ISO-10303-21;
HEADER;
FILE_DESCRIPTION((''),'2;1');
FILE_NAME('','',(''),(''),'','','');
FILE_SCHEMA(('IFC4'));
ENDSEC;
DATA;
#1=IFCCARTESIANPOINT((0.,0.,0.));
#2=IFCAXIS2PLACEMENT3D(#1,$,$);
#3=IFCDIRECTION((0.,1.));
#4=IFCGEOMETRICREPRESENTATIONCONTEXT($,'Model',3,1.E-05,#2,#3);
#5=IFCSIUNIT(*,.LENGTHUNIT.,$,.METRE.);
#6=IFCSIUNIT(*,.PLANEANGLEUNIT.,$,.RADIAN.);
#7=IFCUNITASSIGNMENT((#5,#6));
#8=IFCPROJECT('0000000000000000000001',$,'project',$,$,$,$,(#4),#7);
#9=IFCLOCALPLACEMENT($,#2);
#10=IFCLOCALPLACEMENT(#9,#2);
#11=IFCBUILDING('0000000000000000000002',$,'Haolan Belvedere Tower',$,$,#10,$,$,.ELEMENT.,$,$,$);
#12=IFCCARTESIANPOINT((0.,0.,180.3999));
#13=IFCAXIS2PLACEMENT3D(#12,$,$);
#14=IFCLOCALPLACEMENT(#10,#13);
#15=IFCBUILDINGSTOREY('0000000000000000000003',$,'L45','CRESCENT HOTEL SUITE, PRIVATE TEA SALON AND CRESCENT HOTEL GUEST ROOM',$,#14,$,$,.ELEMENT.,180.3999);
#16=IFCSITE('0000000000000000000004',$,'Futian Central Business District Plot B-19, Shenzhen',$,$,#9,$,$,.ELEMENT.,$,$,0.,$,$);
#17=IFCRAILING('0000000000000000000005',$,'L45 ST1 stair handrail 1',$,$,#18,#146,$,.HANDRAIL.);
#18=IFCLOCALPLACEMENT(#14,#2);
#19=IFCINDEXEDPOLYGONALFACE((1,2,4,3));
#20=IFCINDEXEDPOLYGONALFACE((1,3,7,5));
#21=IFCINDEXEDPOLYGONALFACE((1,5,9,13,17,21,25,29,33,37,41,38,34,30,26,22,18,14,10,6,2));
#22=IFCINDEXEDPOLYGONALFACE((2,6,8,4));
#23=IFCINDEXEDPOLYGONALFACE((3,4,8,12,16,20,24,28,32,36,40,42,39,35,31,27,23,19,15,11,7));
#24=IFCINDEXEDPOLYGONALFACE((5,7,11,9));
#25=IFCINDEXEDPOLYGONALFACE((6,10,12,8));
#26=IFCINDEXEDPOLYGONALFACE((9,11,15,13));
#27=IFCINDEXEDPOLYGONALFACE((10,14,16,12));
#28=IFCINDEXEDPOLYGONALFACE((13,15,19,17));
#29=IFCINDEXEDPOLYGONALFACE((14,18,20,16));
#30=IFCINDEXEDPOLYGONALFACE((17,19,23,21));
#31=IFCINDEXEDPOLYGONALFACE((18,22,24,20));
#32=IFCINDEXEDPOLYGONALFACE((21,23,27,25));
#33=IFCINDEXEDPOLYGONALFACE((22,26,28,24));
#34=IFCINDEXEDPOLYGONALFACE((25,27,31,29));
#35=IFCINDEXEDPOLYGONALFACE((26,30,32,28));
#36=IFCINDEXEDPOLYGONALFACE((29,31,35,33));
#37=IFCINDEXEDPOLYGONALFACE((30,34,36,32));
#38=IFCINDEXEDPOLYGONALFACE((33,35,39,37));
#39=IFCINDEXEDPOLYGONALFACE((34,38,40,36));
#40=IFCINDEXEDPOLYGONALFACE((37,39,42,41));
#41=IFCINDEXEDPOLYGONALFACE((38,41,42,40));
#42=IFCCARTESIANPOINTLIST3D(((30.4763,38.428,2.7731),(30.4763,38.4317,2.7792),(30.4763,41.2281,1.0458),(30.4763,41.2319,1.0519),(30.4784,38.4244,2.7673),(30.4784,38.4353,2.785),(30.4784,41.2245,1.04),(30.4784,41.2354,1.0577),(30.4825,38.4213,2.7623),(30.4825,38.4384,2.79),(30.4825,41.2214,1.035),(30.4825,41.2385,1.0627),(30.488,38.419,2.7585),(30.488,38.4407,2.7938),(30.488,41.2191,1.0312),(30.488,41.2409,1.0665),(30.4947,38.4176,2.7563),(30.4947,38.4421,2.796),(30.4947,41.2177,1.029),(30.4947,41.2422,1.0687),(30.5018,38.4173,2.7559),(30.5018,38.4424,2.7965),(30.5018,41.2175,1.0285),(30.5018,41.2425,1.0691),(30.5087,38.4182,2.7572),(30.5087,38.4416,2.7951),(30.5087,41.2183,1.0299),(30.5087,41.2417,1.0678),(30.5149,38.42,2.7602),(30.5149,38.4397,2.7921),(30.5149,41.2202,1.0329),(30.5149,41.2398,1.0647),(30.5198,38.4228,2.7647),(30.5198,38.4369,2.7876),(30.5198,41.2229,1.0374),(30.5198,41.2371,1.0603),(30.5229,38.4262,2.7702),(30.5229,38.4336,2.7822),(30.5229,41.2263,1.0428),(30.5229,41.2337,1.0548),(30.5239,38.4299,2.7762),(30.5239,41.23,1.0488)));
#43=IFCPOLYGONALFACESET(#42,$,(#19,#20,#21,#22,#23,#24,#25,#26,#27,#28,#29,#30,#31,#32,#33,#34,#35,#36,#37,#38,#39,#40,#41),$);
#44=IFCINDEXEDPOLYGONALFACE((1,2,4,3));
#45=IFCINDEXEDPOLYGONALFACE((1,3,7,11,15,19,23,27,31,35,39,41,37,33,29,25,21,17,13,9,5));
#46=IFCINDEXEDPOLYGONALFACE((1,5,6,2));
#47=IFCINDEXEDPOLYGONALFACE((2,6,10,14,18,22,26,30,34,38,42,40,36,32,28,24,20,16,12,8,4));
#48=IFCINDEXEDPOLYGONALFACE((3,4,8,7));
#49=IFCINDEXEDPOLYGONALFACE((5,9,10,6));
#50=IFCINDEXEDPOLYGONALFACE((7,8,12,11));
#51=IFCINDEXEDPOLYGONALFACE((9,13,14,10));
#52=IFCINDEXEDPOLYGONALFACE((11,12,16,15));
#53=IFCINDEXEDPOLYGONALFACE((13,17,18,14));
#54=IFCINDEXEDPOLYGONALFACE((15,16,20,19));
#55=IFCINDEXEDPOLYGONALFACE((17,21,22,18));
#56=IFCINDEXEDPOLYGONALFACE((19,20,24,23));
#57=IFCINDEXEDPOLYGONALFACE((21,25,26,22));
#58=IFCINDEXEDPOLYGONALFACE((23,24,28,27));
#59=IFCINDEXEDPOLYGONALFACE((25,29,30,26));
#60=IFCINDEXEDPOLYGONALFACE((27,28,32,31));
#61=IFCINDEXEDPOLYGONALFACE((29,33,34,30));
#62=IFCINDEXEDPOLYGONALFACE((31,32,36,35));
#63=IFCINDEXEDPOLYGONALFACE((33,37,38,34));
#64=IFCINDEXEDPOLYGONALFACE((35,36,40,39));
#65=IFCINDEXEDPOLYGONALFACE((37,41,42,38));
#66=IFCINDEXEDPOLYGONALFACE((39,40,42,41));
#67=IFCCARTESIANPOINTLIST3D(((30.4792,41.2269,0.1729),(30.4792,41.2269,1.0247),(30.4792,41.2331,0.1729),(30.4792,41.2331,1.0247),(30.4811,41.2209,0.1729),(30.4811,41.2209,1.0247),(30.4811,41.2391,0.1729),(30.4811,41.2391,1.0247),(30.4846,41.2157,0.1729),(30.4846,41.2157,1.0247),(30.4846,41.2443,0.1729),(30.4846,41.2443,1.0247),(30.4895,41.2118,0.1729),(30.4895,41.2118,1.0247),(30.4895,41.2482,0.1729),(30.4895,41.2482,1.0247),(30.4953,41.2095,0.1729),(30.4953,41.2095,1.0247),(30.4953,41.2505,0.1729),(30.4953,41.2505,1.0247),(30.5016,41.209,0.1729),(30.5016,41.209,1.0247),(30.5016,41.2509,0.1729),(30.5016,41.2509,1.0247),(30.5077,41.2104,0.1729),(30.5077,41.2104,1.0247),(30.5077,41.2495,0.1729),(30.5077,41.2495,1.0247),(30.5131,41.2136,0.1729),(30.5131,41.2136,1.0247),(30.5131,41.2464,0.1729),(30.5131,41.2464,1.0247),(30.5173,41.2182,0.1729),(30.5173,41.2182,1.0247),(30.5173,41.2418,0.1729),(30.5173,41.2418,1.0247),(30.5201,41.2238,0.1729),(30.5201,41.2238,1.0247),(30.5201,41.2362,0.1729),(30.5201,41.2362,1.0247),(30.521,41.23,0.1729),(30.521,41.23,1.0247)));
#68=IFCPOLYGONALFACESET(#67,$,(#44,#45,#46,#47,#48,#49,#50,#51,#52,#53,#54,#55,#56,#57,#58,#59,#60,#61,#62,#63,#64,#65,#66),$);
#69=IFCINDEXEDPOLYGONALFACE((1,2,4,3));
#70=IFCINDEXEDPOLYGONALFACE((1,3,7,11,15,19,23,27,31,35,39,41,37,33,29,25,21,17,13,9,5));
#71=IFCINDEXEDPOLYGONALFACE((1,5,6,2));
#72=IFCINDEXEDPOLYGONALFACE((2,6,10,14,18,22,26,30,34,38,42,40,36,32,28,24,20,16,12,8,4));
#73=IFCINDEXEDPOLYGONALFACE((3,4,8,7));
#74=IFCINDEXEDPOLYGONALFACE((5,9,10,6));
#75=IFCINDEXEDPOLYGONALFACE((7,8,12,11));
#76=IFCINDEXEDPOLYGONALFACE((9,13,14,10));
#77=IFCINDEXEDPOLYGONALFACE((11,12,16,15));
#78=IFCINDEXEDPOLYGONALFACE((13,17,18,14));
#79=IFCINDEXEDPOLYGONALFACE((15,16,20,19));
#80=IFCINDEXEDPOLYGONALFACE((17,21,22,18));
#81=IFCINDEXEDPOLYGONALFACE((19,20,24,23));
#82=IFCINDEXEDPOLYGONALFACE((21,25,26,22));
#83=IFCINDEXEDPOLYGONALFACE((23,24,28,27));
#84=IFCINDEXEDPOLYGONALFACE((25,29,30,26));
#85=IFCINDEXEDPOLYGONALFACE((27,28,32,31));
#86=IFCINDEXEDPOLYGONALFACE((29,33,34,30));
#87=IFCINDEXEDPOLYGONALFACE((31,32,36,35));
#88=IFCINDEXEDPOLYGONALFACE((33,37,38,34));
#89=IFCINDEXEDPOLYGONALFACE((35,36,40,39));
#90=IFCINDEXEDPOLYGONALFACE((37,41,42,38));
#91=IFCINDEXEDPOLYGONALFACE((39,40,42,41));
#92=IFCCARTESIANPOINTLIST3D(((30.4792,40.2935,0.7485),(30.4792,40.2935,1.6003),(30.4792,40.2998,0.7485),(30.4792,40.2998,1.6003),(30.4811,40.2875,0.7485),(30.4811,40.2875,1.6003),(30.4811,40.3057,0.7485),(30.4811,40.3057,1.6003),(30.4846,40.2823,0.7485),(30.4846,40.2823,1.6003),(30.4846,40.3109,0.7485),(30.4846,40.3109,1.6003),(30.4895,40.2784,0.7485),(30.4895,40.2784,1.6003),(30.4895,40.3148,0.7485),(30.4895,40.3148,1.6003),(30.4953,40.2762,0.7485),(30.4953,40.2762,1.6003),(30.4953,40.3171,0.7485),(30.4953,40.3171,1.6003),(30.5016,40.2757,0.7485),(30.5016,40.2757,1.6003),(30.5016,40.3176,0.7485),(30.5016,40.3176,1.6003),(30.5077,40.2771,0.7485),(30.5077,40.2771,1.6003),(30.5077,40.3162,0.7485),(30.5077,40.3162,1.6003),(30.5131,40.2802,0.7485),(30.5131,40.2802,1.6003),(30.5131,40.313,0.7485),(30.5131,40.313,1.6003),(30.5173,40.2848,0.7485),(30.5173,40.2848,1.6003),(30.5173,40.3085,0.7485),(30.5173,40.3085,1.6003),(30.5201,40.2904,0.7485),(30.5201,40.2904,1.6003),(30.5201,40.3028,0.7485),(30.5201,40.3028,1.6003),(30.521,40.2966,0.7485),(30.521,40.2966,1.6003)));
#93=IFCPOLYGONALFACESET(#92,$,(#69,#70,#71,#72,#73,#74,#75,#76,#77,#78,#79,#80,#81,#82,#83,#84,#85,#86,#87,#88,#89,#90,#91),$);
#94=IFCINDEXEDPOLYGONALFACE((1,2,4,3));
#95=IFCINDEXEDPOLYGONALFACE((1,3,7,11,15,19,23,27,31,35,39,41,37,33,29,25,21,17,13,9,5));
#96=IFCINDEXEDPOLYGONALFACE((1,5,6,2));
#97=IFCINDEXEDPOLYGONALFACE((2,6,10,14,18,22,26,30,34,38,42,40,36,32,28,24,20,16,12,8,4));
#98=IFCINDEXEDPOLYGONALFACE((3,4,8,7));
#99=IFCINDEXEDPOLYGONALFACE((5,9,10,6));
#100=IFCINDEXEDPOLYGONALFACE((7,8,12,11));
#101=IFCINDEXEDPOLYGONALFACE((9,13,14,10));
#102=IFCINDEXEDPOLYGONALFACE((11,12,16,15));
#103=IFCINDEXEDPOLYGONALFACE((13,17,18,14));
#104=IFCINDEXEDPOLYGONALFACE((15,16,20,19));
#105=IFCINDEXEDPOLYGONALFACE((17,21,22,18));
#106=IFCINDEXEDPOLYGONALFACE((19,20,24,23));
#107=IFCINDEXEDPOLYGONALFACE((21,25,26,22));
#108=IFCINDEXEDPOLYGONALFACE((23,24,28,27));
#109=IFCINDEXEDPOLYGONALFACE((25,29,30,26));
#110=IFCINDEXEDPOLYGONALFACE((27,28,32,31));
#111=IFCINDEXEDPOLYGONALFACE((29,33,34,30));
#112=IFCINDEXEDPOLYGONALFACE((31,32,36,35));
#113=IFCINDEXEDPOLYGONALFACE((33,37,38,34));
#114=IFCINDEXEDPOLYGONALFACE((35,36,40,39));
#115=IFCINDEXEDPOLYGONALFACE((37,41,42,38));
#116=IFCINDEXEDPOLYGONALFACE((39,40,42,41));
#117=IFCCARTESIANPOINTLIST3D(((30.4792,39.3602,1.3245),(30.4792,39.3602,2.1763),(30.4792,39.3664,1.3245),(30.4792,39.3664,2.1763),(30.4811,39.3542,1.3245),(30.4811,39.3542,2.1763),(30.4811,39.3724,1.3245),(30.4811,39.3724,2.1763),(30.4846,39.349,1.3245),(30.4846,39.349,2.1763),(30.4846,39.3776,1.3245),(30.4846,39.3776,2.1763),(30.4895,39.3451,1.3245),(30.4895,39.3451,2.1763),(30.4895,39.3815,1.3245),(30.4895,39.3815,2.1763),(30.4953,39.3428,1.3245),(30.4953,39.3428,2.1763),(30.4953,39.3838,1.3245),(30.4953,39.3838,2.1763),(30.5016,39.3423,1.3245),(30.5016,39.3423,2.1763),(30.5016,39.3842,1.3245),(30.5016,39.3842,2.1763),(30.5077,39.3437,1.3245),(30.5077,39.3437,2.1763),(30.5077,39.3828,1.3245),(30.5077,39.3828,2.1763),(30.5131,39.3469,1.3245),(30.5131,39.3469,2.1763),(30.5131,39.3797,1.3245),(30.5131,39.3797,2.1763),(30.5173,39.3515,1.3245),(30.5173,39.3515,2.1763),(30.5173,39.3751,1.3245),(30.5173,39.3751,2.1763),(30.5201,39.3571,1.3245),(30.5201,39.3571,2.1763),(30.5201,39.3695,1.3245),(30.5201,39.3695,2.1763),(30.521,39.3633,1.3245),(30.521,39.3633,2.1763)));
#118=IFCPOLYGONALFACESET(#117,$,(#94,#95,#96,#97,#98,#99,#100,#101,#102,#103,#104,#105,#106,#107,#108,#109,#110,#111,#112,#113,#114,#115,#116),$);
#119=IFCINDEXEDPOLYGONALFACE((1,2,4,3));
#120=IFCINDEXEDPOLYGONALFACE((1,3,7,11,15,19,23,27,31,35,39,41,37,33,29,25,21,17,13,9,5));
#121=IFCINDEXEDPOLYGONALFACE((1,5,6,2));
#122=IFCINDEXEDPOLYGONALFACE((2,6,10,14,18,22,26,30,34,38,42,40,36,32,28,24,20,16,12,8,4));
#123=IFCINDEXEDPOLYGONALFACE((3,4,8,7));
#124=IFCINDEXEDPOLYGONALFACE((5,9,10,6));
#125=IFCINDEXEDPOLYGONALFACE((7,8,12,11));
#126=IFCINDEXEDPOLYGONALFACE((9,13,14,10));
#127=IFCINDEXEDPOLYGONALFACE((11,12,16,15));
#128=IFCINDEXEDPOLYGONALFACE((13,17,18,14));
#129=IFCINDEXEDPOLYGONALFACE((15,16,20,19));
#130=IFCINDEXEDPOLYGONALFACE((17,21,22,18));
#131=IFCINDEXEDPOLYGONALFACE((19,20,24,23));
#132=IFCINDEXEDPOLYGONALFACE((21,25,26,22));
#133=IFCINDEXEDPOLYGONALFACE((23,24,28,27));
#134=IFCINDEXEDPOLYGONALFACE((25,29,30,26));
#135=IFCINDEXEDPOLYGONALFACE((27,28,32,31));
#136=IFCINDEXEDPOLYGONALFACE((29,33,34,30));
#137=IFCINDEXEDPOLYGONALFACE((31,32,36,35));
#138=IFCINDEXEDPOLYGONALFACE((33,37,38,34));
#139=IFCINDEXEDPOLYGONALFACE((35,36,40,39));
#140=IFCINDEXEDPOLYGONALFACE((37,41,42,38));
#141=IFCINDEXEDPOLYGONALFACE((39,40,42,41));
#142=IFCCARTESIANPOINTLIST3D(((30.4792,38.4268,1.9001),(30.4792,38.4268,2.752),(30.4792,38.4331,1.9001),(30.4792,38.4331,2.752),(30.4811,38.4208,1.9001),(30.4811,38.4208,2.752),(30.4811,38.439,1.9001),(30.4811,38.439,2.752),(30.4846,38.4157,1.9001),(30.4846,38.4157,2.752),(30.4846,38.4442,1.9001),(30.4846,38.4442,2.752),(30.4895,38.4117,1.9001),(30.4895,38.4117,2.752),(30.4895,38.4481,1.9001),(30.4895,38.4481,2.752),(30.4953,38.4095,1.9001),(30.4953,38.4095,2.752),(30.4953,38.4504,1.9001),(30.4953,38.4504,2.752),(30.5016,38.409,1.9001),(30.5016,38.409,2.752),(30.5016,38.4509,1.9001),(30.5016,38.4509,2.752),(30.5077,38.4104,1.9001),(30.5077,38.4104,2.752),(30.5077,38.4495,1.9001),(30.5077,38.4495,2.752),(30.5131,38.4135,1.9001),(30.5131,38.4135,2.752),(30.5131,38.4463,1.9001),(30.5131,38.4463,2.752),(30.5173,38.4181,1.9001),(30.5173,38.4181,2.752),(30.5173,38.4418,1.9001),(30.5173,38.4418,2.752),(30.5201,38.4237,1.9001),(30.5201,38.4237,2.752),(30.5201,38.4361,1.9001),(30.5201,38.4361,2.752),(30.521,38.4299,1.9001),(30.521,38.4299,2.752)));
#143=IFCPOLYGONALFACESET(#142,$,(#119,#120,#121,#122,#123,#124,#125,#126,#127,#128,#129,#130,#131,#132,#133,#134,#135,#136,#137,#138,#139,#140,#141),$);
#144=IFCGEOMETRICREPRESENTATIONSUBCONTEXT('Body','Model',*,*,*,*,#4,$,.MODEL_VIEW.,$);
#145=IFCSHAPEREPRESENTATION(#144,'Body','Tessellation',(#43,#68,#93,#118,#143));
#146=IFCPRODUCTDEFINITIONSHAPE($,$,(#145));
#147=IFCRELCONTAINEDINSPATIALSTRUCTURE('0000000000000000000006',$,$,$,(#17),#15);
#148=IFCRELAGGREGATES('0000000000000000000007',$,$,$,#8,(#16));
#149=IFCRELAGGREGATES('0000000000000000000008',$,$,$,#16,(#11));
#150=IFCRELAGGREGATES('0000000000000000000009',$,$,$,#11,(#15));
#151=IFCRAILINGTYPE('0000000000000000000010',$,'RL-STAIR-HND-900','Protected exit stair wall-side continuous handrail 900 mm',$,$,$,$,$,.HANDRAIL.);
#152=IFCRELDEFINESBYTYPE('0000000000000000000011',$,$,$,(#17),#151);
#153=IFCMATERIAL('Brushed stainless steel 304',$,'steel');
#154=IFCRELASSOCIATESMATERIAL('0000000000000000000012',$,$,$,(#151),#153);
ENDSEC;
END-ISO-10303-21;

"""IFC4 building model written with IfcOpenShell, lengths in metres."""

from ifc_helpers import new_model, si_unit, direction, frame, origin, origin_2d, place, context, subcontext, project, spatial, circle, extrude, material, type_object, element, save


model = new_model("IFC4")

# Units and contexts
model_context = context("Model", 3, precision=1e-05, world=origin(), true_north=direction((0.0, 1.0)))
body_context = subcontext(model_context, "Body", "Model", "MODEL_VIEW")
ifc_project = project(units=[si_unit("LENGTHUNIT", "METRE"), si_unit("PLANEANGLEUNIT", "RADIAN")], contexts=[model_context])

# Site, building, storey
site_placement = place(None, origin())
site = spatial("IfcSite", under=ifc_project, at=site_placement, Name="Futian Central Business District Plot B-19, Shenzhen", CompositionType="ELEMENT", RefElevation=0.0)
building_placement = place(site_placement, origin())
building = spatial("IfcBuilding", under=site, at=building_placement, Name="Haolan Belvedere Tower", CompositionType="ELEMENT")
storey_placement = place(building_placement, frame((0.0, 0.0, 180.3999)))
storey = spatial("IfcBuildingStorey", under=building, at=storey_placement, Name="L45", Description="CRESCENT HOTEL SUITE, PRIVATE TEA SALON AND CRESCENT HOTEL GUEST ROOM", CompositionType="ELEMENT", Elevation=180.3999)

# Railing
ifc_material_1 = material(Name="Brushed stainless steel 304", Category="steel")
railing_type_1 = type_object("IfcRailingType", Name="RL-STAIR-HND-900", Description="Protected exit stair wall-side continuous handrail 900 mm", PredefinedType="HANDRAIL", material=ifc_material_1)
railing_1_placement = place(storey_placement, frame((30.5, 41.23, 0.1729)))
element("IfcRailing", 1, at=railing_1_placement, inside=storey, type_object=railing_type_1, Name="L45 ST1 stair handrail 1", PredefinedType="HANDRAIL", context=body_context, shape_type="SweptSolid", body=[
    extrude(circle(Radius=0.0239, at=origin_2d()), frame((0.0, 0.0, 0.876), z_axis=(0.0, -0.85109, 0.52502), x_axis=(1.0, 0.0, 0.0)), (0.0, 0.0, 1.0), 3.29),
    extrude(circle(Radius=0.021, at=origin_2d()), origin(), (0.0, 0.0, 1.0), 0.8518),
    extrude(circle(Radius=0.021, at=origin_2d()), frame((0.0, -0.9333, 0.5757)), (0.0, 0.0, 1.0), 0.8518),
    extrude(circle(Radius=0.021, at=origin_2d()), frame((0.0, -1.8667, 1.1516)), (0.0, 0.0, 1.0), 0.8518),
    extrude(circle(Radius=0.021, at=origin_2d()), frame((0.0, -2.8, 1.7273)), (0.0, 0.0, 1.0), 0.8518),
])

save(model, "model.ifc")
